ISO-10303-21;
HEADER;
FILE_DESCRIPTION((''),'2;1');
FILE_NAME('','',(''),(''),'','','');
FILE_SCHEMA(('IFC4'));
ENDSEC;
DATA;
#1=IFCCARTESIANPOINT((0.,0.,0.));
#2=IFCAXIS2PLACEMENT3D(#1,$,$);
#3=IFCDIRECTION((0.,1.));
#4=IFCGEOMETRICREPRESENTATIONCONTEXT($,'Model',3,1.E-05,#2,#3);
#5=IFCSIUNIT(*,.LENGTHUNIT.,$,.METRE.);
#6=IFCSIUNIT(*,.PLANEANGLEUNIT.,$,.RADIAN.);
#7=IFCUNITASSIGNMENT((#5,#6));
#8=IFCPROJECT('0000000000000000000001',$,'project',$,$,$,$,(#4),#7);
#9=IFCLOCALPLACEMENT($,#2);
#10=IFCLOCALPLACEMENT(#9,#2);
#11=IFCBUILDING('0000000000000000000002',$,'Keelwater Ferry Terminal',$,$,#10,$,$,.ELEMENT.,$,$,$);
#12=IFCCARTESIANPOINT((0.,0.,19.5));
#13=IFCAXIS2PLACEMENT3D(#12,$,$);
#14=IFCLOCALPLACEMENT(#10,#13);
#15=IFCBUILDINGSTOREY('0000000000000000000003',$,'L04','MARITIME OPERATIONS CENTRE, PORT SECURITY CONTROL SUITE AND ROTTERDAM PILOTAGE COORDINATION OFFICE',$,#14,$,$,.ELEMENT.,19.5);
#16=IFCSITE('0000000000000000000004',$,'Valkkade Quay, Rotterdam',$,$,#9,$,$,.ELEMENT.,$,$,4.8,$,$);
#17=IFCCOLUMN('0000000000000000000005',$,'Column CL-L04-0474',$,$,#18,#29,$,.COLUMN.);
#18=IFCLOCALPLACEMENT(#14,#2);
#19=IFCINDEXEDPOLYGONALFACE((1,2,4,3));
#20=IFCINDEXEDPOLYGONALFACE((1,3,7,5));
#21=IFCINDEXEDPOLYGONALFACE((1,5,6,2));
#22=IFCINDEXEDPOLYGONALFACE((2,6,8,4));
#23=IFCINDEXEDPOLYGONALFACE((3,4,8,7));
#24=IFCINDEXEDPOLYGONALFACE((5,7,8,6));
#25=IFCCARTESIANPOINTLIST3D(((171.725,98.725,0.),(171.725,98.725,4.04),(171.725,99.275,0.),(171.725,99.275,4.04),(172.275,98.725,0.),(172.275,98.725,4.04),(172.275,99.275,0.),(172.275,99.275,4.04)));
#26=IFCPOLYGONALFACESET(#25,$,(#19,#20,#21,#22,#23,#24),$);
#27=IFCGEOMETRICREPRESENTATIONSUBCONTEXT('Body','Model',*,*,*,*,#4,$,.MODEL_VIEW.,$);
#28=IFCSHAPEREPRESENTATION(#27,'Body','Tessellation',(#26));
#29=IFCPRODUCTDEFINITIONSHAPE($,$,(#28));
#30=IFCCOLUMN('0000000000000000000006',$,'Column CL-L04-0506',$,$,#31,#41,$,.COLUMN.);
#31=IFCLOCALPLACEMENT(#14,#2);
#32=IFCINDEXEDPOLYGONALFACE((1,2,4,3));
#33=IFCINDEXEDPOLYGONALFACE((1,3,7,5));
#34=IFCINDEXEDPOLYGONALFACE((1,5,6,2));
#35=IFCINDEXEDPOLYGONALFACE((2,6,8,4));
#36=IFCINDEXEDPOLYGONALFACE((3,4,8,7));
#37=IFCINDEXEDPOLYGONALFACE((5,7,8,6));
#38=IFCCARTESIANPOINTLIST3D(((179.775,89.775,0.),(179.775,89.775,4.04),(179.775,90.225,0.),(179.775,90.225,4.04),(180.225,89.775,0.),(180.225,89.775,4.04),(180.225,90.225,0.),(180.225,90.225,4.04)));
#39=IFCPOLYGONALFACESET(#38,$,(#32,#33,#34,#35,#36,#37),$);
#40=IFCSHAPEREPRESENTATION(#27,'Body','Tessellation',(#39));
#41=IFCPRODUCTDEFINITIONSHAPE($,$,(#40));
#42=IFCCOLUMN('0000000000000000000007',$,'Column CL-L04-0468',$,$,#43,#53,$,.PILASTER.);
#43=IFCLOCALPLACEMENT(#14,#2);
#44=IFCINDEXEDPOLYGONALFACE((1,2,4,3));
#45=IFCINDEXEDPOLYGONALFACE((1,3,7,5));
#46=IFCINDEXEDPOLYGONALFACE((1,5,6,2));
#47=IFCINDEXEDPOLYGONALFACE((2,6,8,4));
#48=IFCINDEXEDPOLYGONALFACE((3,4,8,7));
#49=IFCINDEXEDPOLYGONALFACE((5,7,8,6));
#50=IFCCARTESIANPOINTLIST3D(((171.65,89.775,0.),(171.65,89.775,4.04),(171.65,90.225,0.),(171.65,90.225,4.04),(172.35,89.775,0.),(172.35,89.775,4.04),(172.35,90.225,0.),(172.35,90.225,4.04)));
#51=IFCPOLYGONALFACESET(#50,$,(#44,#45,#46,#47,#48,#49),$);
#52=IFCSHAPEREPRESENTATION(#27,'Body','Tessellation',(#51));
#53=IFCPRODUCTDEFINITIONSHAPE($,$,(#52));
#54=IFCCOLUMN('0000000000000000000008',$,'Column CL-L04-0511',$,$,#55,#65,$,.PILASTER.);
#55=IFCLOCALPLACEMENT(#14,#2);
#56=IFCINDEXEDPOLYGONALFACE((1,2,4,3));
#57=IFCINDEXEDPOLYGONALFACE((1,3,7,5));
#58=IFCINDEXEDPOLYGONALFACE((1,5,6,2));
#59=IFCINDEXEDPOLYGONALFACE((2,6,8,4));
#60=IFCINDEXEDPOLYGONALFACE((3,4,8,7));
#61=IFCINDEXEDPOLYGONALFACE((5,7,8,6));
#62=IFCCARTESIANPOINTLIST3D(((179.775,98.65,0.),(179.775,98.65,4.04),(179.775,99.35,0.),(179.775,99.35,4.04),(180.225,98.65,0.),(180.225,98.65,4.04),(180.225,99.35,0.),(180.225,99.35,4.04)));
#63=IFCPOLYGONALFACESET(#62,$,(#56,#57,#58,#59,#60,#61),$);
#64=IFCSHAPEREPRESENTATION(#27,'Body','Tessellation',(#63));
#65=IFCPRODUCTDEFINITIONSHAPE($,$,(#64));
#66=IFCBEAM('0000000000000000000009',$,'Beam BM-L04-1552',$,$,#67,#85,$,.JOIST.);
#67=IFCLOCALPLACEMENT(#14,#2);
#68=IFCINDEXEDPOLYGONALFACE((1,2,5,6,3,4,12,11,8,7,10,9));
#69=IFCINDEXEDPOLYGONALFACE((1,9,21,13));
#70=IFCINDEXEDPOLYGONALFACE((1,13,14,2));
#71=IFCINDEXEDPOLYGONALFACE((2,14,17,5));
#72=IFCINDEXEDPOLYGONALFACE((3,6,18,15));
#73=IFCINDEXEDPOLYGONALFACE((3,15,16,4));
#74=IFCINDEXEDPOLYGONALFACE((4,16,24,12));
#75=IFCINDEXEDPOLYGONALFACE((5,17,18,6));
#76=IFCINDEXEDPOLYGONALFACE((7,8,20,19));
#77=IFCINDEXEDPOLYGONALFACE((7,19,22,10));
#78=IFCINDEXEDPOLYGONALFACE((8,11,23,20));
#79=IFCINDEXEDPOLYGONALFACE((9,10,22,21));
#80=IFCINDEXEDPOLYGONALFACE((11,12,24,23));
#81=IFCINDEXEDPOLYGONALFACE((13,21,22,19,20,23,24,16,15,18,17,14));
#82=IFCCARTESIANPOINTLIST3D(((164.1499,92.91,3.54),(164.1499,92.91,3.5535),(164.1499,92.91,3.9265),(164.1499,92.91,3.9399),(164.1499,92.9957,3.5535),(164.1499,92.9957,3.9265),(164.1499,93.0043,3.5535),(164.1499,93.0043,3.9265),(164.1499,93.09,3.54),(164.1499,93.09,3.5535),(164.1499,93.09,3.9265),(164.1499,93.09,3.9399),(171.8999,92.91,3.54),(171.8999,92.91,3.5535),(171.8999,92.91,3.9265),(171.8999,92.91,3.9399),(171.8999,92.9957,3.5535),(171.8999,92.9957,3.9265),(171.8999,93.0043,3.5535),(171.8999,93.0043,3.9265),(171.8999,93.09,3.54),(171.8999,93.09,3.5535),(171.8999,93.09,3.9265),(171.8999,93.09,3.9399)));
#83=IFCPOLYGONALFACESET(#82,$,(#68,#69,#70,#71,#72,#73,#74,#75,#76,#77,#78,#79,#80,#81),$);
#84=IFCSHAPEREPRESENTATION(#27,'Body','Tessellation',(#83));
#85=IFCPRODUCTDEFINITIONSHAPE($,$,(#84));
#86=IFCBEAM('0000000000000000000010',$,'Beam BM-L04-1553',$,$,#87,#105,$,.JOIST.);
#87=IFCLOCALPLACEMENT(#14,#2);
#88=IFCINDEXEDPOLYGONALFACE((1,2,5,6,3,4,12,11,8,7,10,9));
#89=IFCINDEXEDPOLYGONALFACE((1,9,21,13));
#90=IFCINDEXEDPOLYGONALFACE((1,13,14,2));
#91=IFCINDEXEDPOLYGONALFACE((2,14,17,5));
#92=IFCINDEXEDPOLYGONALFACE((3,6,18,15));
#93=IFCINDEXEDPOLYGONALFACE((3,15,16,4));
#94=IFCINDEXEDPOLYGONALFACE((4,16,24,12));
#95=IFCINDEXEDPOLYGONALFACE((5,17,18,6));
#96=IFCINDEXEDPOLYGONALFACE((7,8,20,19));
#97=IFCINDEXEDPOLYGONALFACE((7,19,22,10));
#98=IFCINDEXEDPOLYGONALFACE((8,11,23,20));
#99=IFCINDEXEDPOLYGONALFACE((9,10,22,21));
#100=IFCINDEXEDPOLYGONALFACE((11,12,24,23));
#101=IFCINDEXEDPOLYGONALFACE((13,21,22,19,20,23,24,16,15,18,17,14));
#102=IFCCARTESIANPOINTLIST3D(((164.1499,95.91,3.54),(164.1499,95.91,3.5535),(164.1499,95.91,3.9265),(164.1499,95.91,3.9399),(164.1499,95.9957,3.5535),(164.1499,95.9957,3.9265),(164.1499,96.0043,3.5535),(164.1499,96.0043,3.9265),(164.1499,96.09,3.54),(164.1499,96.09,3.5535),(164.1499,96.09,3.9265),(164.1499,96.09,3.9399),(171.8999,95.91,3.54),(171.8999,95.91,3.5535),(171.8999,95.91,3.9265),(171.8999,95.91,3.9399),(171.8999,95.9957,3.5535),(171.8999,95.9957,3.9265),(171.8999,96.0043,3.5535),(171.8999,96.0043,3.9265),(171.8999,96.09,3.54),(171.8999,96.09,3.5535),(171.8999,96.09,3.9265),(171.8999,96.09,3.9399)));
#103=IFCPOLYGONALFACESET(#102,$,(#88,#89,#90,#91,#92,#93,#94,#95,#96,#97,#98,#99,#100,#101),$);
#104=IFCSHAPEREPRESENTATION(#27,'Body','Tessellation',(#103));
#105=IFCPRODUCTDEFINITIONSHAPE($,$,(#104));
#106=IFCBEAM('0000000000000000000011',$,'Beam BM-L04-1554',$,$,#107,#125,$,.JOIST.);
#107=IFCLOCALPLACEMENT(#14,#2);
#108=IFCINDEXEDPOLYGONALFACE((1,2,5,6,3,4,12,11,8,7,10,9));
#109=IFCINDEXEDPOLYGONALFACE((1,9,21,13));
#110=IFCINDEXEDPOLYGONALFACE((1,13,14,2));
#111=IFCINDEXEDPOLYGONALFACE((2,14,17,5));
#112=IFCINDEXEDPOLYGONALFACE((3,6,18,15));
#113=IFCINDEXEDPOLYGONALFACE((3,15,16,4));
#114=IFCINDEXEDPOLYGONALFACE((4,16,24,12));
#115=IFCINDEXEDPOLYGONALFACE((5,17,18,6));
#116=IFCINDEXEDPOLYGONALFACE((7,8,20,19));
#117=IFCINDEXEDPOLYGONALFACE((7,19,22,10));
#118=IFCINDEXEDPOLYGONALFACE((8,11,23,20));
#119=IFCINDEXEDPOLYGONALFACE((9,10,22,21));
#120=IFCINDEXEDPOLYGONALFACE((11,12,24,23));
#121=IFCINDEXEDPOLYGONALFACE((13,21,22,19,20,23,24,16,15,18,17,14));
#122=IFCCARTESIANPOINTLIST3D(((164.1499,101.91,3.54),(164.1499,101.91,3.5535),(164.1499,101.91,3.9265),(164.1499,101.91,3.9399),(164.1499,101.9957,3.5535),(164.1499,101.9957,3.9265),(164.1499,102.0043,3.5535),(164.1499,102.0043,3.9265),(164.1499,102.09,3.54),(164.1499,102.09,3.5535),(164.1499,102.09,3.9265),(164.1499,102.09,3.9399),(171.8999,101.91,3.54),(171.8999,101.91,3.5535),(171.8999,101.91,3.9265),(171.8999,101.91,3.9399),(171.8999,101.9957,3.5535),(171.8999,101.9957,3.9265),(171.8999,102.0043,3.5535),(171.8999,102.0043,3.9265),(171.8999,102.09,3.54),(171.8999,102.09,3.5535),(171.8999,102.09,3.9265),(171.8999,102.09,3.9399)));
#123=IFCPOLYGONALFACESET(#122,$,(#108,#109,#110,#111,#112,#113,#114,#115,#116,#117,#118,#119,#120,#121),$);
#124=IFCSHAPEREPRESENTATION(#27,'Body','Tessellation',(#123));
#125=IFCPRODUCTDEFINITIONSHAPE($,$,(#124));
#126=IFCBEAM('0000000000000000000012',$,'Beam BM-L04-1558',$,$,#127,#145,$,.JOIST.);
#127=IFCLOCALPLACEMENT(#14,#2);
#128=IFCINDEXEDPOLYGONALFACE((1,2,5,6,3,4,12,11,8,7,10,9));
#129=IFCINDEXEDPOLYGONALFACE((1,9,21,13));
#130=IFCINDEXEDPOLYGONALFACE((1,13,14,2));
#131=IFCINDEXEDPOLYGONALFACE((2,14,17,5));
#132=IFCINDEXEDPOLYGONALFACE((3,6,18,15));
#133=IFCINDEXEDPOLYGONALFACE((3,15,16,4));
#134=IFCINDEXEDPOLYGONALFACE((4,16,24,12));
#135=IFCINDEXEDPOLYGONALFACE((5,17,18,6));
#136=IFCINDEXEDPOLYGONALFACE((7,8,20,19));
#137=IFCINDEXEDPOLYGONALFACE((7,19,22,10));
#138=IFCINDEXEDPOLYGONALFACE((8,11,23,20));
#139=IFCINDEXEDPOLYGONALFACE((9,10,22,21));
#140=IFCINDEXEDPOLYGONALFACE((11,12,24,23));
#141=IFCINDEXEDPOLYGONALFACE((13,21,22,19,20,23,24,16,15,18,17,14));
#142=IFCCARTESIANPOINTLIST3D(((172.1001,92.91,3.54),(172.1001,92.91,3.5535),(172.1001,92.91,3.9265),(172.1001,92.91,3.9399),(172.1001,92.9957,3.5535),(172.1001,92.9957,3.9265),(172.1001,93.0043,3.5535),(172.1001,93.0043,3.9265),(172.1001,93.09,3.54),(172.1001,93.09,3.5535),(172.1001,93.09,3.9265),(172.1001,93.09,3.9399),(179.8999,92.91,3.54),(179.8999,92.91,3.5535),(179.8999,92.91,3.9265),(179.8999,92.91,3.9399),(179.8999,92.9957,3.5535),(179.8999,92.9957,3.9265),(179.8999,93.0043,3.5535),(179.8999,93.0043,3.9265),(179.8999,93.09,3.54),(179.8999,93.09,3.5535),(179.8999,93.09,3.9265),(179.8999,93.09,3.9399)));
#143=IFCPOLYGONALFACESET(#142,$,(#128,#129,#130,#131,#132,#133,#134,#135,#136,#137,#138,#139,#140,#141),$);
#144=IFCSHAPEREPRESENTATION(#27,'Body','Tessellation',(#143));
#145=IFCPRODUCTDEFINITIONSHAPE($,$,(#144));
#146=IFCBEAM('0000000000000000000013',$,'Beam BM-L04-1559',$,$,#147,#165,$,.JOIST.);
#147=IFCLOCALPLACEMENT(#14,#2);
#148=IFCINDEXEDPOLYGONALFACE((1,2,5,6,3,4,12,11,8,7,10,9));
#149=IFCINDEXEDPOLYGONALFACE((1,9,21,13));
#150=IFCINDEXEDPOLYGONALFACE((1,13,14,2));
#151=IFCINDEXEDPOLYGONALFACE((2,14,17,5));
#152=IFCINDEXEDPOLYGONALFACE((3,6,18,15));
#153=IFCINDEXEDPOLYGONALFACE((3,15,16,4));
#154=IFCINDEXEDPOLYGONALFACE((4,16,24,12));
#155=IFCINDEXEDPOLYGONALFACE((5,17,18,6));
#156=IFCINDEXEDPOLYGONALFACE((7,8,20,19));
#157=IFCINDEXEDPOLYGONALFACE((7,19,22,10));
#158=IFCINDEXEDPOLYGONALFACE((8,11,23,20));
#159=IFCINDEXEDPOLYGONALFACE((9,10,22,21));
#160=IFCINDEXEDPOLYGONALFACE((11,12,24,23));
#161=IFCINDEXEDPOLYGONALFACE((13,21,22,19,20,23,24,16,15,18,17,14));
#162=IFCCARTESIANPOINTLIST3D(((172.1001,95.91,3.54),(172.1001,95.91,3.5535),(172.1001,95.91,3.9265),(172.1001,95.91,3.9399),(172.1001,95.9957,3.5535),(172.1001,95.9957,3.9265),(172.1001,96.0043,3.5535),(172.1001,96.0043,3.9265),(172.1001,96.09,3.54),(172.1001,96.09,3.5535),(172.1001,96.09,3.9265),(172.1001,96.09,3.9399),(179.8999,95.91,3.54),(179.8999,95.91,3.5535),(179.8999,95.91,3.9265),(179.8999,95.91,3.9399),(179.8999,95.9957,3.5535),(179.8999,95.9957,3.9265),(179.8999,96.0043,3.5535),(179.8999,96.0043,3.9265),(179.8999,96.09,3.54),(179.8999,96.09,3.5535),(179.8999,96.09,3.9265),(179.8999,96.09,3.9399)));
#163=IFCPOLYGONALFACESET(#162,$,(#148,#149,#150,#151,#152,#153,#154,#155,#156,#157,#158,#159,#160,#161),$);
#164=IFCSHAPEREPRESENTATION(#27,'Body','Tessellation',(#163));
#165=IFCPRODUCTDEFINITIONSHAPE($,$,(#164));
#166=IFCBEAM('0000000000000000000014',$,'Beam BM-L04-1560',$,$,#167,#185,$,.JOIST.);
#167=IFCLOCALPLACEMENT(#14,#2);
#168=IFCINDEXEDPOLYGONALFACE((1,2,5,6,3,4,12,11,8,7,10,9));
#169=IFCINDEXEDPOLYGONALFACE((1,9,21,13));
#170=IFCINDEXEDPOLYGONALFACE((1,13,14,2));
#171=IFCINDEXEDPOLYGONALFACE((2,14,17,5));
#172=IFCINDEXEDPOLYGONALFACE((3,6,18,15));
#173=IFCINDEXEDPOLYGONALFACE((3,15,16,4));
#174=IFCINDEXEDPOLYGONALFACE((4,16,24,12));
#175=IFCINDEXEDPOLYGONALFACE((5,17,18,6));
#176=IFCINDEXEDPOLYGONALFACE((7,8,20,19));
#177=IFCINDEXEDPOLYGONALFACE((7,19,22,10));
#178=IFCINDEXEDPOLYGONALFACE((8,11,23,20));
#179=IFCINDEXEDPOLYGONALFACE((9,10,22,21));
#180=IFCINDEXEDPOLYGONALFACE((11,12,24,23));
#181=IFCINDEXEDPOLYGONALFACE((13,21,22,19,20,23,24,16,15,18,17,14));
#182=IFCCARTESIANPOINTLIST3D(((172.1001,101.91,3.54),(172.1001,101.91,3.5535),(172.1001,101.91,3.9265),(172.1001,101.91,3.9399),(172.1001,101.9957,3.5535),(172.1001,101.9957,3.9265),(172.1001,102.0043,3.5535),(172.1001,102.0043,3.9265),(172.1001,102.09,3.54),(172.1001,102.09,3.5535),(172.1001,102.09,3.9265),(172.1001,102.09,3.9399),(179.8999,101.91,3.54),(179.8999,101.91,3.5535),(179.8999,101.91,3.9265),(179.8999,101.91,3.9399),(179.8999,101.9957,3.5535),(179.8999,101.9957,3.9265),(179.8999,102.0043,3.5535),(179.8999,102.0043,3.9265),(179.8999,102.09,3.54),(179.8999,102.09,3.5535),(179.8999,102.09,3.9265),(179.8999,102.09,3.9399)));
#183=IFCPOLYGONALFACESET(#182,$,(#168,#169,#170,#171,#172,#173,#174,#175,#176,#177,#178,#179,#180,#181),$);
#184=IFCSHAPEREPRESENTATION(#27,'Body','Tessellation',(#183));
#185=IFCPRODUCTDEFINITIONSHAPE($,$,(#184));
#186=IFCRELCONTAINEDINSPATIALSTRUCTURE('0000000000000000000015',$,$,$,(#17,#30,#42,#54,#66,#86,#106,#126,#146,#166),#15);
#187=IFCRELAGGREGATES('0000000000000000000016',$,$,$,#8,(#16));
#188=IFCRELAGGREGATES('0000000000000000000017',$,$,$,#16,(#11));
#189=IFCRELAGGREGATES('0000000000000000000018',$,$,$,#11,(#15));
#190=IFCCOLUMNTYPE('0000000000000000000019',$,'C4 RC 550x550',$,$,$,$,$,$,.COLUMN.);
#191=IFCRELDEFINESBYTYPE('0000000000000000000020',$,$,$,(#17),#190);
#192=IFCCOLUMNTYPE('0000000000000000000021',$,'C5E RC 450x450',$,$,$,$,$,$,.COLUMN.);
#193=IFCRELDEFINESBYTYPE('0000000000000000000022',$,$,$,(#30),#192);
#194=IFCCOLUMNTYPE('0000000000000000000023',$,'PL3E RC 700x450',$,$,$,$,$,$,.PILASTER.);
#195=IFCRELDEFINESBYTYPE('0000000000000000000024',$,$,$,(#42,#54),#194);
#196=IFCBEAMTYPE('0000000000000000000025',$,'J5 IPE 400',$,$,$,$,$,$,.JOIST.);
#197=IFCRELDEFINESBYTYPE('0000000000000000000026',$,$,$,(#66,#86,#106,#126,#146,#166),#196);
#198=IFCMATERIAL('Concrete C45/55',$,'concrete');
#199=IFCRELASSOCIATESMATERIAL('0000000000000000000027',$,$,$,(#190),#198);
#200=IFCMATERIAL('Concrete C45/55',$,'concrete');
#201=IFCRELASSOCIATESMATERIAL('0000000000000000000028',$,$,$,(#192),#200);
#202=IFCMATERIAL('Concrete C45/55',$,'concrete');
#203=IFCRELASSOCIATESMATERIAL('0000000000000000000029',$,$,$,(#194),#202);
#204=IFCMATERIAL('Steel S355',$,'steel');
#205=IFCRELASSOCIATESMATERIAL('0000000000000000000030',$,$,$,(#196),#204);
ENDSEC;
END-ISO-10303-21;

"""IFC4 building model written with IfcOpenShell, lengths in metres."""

from ifc_helpers import new_model, si_unit, direction, frame, origin, origin_2d, place, context, subcontext, project, spatial, rectangle, i_section, extrude, material, material_profile, profile_set, type_object, element, save


model = new_model("IFC4")

# Units and contexts
model_context = context("Model", 3, precision=1e-05, world=origin(), true_north=direction((0.0, 1.0)))
body_context = subcontext(model_context, "Body", "Model", "MODEL_VIEW")
ifc_project = project(units=[si_unit("LENGTHUNIT", "METRE"), si_unit("PLANEANGLEUNIT", "RADIAN")], contexts=[model_context])

# Site, building, storey
site_placement = place(None, origin())
site = spatial("IfcSite", under=ifc_project, at=site_placement, Name="Valkkade Quay, Rotterdam", CompositionType="ELEMENT", RefElevation=4.8)
building_placement = place(site_placement, origin())
building = spatial("IfcBuilding", under=site, at=building_placement, Name="Keelwater Ferry Terminal", CompositionType="ELEMENT")
storey_placement = place(building_placement, frame((0.0, 0.0, 19.5)))
storey = spatial("IfcBuildingStorey", under=building, at=storey_placement, Name="L04", Description="MARITIME OPERATIONS CENTRE, PORT SECURITY CONTROL SUITE AND ROTTERDAM PILOTAGE COORDINATION OFFICE", CompositionType="ELEMENT", Elevation=19.5)

# Columns
ifc_material_1 = material(Name="Concrete C45/55", Category="concrete")
ifc_material_profile_1 = material_profile(ifc_material_1, rectangle(XDim=0.55, YDim=0.55, at=origin_2d()), Name="RC 550x550")
ifc_profile_set_1 = profile_set([ifc_material_profile_1], Name="Concrete C45/55")
column_type_1 = type_object("IfcColumnType", Name="C4 RC 550x550", PredefinedType="COLUMN", material=ifc_profile_set_1)
column_1_placement = place(storey_placement, frame((172.0, 99.0, 0.0), z_axis=(0.0, 0.0, 1.0), x_axis=(1.0, 0.0, 0.0)))
element("IfcColumn", 1, at=column_1_placement, inside=storey, type_object=column_type_1, Name="Column CL-L04-0474", PredefinedType="COLUMN", context=body_context, shape_type="SweptSolid", body=[
    extrude(rectangle(XDim=0.55, YDim=0.55, at=origin_2d()), origin(), (0.0, 0.0, 1.0), 4.04),
])
ifc_material_2 = material(Name="Concrete C45/55", Category="concrete")
ifc_material_profile_2 = material_profile(ifc_material_2, rectangle(XDim=0.45, YDim=0.45, at=origin_2d()), Name="RC 450x450")
ifc_profile_set_2 = profile_set([ifc_material_profile_2], Name="Concrete C45/55")
column_type_2 = type_object("IfcColumnType", Name="C5E RC 450x450", PredefinedType="COLUMN", material=ifc_profile_set_2)
column_2_placement = place(storey_placement, frame((180.0, 90.0, 0.0), z_axis=(0.0, 0.0, 1.0), x_axis=(1.0, 0.0, 0.0)))
element("IfcColumn", 2, at=column_2_placement, inside=storey, type_object=column_type_2, Name="Column CL-L04-0506", PredefinedType="COLUMN", context=body_context, shape_type="SweptSolid", body=[
    extrude(rectangle(XDim=0.45, YDim=0.45, at=origin_2d()), origin(), (0.0, 0.0, 1.0), 4.04),
])
ifc_material_3 = material(Name="Concrete C45/55", Category="concrete")
ifc_material_profile_3 = material_profile(ifc_material_3, rectangle(XDim=0.45, YDim=0.7, at=origin_2d()), Name="RC 700x450")
ifc_profile_set_3 = profile_set([ifc_material_profile_3], Name="Concrete C45/55")
column_type_3 = type_object("IfcColumnType", Name="PL3E RC 700x450", PredefinedType="PILASTER", material=ifc_profile_set_3)
for number, where, z_axis, x_axis, name in (
    (3, (172.0, 90.0, 0.0), (0.0, 0.0, 1.0), (0.0, 1.0, 0.0), "Column CL-L04-0468"),
    (4, (180.0, 99.0, 0.0), (0.0, 0.0, 1.0), (1.0, 0.0, 0.0), "Column CL-L04-0511"),
):
    element("IfcColumn", number, at=place(storey_placement, frame(where, z_axis=z_axis, x_axis=x_axis)), inside=storey, type_object=column_type_3, Name=name, PredefinedType="PILASTER", context=body_context, shape_type="SweptSolid", body=[
        extrude(rectangle(XDim=0.45, YDim=0.7, at=origin_2d()), origin(), (0.0, 0.0, 1.0), 4.04),
    ])

# Beams
ifc_material_4 = material(Name="Steel S355", Category="steel")
ifc_material_profile_4 = material_profile(ifc_material_4, i_section(OverallWidth=0.1799, OverallDepth=0.3999, WebThickness=0.0085, FlangeThickness=0.0134, at=origin_2d()), Name="IPE 400")
ifc_profile_set_4 = profile_set([ifc_material_profile_4], Name="Steel S355")
beam_type_1 = type_object("IfcBeamType", Name="J5 IPE 400", PredefinedType="JOIST", material=ifc_profile_set_4)
for number, where, z_axis, x_axis, name in (
    (5, (164.1499, 93.0, 3.74), (1.0, 0.0, 0.0), (0.0, 1.0, 0.0), "Beam BM-L04-1552"),
    (6, (164.1499, 96.0, 3.74), (1.0, 0.0, 0.0), (0.0, 1.0, 0.0), "Beam BM-L04-1553"),
    (7, (164.1499, 102.0, 3.74), (1.0, 0.0, 0.0), (0.0, 1.0, 0.0), "Beam BM-L04-1554"),
):
    element("IfcBeam", number, at=place(storey_placement, frame(where, z_axis=z_axis, x_axis=x_axis)), inside=storey, type_object=beam_type_1, Name=name, PredefinedType="JOIST", context=body_context, shape_type="SweptSolid", body=[
        extrude(i_section(OverallWidth=0.1799, OverallDepth=0.3999, WebThickness=0.0085, FlangeThickness=0.0134, at=origin_2d()), origin(), (0.0, 0.0, 1.0), 7.75),
    ])
for number, where, z_axis, x_axis, name in (
    (8, (172.1001, 93.0, 3.74), (1.0, 0.0, 0.0), (0.0, 1.0, 0.0), "Beam BM-L04-1558"),
    (9, (172.1001, 96.0, 3.74), (1.0, 0.0, 0.0), (0.0, 1.0, 0.0), "Beam BM-L04-1559"),
    (10, (172.1001, 102.0, 3.74), (1.0, 0.0, 0.0), (0.0, 1.0, 0.0), "Beam BM-L04-1560"),
):
    element("IfcBeam", number, at=place(storey_placement, frame(where, z_axis=z_axis, x_axis=x_axis)), inside=storey, type_object=beam_type_1, Name=name, PredefinedType="JOIST", context=body_context, shape_type="SweptSolid", body=[
        extrude(i_section(OverallWidth=0.1799, OverallDepth=0.3999, WebThickness=0.0085, FlangeThickness=0.0134, at=origin_2d()), origin(), (0.0, 0.0, 1.0), 7.7998),
    ])

save(model, "model.ifc")
